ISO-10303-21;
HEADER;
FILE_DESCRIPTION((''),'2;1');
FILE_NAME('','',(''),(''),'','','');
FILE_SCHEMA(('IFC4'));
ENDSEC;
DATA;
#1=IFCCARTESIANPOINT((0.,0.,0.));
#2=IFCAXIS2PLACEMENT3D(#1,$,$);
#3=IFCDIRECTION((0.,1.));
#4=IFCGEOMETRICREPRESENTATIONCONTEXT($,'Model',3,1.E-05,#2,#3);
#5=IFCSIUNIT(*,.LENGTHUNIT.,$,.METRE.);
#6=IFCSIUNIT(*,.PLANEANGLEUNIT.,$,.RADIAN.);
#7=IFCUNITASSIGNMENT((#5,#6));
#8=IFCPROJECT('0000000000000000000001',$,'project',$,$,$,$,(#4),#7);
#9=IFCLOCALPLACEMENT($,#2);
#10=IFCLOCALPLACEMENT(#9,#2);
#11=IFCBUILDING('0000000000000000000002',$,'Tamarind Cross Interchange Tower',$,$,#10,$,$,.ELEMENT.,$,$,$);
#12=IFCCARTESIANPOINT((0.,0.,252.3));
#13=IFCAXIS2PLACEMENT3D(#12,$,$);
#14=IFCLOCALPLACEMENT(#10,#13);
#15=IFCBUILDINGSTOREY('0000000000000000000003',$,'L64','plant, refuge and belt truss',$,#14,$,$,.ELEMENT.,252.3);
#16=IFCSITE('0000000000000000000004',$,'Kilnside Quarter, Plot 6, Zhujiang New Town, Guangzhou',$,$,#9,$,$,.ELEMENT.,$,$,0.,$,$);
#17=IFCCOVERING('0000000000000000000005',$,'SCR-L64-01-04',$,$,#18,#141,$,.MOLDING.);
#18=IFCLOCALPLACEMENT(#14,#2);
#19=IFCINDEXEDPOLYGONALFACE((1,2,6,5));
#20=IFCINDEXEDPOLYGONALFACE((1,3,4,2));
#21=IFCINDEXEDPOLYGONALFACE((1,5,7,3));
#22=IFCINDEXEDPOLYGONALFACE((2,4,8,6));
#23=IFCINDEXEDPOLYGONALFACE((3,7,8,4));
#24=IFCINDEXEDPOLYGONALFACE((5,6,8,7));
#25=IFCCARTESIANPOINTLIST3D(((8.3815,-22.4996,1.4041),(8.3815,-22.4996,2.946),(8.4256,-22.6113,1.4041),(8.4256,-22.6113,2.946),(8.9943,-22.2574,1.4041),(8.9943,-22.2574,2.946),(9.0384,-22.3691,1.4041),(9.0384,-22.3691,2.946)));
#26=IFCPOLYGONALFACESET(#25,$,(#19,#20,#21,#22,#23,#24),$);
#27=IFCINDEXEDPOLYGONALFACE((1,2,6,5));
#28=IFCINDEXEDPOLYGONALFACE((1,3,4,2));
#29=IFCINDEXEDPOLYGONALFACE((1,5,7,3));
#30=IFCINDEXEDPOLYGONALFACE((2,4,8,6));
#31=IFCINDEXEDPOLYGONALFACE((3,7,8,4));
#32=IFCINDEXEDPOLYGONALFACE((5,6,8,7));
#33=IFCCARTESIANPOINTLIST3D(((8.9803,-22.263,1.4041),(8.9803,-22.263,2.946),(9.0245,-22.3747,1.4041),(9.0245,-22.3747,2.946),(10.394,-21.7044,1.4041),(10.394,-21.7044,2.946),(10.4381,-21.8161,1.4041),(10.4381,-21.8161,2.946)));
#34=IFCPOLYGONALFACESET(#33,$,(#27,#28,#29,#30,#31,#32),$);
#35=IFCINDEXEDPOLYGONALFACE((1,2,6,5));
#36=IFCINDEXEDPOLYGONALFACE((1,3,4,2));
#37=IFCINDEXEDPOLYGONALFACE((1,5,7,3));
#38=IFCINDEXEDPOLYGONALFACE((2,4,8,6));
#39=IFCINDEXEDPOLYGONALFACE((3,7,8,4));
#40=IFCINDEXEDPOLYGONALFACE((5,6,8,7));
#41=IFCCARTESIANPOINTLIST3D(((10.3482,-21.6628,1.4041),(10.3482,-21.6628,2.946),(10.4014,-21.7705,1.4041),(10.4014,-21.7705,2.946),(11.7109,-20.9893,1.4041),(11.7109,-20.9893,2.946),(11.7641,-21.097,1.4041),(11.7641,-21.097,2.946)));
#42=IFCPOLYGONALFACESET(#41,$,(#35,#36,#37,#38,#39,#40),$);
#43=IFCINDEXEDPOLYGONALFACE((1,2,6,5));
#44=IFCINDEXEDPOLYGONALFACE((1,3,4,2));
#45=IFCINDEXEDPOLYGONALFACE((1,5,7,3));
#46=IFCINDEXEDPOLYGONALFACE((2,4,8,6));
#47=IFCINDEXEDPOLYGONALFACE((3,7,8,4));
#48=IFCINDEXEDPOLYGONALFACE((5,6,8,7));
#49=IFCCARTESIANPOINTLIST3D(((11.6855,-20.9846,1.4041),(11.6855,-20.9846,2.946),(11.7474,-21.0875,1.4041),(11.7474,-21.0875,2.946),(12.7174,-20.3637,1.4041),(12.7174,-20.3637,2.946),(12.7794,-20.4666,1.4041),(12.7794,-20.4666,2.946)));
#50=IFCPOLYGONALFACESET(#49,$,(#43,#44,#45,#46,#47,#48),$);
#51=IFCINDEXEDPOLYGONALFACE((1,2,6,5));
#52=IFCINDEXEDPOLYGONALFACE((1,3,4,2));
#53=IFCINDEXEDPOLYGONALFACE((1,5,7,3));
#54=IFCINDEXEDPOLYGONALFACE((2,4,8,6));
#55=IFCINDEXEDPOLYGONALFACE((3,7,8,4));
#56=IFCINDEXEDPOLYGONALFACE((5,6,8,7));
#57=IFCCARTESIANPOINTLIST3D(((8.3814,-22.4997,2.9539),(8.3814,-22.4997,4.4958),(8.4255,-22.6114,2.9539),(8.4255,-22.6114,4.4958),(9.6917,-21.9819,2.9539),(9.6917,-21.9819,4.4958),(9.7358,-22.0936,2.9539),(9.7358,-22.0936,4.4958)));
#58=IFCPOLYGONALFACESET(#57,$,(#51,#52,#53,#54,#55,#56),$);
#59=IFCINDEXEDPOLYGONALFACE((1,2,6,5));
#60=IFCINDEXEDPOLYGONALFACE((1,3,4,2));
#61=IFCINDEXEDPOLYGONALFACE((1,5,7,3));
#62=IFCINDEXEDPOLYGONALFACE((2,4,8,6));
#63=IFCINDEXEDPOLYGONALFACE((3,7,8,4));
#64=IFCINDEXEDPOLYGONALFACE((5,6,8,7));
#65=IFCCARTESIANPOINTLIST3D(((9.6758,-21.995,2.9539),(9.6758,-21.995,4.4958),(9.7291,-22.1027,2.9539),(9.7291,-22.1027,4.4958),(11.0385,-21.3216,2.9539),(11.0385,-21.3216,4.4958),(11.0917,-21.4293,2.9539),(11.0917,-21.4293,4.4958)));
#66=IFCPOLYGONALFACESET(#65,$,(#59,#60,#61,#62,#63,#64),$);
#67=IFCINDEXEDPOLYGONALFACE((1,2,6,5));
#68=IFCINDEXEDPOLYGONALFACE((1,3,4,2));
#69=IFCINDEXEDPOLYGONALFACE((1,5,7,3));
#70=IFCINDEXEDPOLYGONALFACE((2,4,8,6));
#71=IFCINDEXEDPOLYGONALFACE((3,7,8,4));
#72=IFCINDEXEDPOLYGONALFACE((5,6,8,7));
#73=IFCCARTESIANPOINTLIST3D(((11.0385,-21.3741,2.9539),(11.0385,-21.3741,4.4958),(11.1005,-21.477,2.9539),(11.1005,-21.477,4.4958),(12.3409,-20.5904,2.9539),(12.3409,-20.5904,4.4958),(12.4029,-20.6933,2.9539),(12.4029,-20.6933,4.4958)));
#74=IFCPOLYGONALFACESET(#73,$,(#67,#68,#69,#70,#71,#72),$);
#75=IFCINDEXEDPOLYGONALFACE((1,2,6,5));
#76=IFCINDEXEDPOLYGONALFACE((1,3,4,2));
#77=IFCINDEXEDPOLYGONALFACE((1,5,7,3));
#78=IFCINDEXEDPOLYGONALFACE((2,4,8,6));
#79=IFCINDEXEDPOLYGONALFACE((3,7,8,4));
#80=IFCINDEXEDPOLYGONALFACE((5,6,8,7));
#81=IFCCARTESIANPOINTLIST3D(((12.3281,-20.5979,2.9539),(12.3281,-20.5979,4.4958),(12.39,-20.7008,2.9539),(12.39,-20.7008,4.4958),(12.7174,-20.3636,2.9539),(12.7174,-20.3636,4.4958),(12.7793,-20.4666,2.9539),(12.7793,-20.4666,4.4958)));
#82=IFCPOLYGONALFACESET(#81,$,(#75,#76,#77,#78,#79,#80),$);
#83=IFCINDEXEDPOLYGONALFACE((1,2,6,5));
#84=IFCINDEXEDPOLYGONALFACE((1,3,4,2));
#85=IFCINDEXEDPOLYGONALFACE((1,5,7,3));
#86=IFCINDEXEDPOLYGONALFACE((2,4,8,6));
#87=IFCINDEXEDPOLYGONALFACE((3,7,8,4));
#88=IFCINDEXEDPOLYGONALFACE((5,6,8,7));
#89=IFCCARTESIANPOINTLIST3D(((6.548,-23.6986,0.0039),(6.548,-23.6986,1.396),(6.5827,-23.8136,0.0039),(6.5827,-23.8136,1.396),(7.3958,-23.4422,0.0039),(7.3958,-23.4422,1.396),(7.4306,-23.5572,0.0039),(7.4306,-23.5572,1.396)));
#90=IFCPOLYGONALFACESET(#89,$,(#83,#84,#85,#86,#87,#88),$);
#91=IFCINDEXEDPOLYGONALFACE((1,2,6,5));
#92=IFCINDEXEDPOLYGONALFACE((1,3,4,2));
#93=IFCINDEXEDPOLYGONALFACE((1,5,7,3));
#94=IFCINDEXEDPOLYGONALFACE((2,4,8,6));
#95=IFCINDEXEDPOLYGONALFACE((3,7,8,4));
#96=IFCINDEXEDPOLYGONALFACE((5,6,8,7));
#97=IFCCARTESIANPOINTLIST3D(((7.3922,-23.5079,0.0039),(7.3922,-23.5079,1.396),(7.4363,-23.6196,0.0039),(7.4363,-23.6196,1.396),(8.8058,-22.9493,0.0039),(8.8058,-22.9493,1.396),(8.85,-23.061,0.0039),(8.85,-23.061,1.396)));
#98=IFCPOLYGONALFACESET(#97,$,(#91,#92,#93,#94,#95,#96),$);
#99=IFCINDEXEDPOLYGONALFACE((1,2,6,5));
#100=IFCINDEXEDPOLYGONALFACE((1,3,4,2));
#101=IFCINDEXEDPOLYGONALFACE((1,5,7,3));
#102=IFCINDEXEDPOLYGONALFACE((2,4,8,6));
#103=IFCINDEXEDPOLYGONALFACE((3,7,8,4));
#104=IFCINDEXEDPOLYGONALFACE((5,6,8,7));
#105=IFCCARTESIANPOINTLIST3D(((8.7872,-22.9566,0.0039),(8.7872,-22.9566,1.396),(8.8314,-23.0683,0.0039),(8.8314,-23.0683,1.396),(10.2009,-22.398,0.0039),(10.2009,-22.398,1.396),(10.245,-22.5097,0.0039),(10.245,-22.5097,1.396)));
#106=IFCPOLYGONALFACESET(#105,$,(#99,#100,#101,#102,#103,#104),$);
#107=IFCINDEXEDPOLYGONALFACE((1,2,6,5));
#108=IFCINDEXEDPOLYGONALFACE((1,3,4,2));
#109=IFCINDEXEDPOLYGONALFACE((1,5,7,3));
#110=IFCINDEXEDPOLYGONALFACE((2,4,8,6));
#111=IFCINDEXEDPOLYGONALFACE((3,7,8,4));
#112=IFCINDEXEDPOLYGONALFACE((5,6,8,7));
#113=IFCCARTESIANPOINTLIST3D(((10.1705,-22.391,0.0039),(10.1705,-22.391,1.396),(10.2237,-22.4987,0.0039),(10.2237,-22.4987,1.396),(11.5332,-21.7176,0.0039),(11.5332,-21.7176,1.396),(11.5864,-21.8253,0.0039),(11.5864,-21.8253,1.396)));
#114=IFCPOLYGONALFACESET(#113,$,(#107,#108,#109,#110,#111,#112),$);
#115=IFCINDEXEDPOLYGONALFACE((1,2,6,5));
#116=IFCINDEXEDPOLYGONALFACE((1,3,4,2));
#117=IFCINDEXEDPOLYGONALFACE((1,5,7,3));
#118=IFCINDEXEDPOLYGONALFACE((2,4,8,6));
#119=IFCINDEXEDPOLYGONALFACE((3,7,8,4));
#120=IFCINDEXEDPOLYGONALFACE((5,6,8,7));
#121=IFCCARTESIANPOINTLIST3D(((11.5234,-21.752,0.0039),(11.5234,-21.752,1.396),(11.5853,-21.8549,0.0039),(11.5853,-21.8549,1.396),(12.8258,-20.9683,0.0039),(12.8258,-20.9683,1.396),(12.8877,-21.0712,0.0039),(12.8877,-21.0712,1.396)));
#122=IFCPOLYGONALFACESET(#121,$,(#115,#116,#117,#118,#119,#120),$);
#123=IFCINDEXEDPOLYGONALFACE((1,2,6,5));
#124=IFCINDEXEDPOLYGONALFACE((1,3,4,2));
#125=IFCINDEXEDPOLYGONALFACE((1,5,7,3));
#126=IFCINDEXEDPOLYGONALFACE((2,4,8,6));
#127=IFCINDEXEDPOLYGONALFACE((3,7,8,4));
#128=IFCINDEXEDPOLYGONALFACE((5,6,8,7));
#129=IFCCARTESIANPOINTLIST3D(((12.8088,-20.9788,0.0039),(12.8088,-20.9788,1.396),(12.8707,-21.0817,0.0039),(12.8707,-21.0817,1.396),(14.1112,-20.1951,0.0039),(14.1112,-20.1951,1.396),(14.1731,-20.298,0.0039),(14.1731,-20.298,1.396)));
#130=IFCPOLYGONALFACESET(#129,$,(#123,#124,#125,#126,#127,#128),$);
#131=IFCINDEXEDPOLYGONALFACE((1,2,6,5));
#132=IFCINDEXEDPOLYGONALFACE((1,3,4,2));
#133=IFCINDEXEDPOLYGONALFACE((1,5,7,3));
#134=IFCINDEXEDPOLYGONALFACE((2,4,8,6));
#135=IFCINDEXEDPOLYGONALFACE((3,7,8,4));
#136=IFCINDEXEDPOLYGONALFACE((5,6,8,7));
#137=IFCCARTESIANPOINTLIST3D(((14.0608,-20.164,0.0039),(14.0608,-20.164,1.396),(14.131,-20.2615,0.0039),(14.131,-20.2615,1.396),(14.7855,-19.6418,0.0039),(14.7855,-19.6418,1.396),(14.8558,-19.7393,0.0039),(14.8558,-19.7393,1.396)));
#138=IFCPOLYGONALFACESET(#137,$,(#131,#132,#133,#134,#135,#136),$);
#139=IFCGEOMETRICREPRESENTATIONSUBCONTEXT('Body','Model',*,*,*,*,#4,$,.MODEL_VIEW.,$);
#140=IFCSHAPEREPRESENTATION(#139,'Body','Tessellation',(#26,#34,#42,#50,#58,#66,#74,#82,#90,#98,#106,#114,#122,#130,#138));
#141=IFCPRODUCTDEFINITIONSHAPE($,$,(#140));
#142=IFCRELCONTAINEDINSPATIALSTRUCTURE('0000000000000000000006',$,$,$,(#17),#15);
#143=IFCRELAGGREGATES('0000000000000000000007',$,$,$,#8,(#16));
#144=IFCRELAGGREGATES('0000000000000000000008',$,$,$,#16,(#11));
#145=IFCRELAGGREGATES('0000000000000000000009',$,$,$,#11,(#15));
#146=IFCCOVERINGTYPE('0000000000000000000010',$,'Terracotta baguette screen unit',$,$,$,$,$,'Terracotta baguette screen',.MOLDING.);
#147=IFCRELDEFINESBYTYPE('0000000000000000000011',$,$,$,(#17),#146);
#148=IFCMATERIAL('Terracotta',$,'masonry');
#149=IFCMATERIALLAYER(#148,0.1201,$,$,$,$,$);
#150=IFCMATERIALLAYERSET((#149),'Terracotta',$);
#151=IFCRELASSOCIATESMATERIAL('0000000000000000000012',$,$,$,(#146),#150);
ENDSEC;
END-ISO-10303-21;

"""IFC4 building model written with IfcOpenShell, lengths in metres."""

from ifc_helpers import new_model, si_unit, direction, frame, origin, origin_2d, place, context, subcontext, project, spatial, rectangle, extrude, material, layer, layer_set, type_object, element, save


model = new_model("IFC4")

# Units and contexts
model_context = context("Model", 3, precision=1e-05, world=origin(), true_north=direction((0.0, 1.0)))
body_context = subcontext(model_context, "Body", "Model", "MODEL_VIEW")
ifc_project = project(units=[si_unit("LENGTHUNIT", "METRE"), si_unit("PLANEANGLEUNIT", "RADIAN")], contexts=[model_context])

# Site, building, storey
site_placement = place(None, origin())
site = spatial("IfcSite", under=ifc_project, at=site_placement, Name="Kilnside Quarter, Plot 6, Zhujiang New Town, Guangzhou", CompositionType="ELEMENT", RefElevation=0.0)
building_placement = place(site_placement, origin())
building = spatial("IfcBuilding", under=site, at=building_placement, Name="Tamarind Cross Interchange Tower", CompositionType="ELEMENT")
storey_placement = place(building_placement, frame((0.0, 0.0, 252.3)))
storey = spatial("IfcBuildingStorey", under=building, at=storey_placement, Name="L64", Description="plant, refuge and belt truss", CompositionType="ELEMENT", Elevation=252.3)

# Covering
ifc_material_1 = material(Name="Terracotta", Category="masonry")
ifc_layer_1 = layer(ifc_material_1, 0.1201)
ifc_layer_set_1 = layer_set([ifc_layer_1], Name="Terracotta")
covering_type = type_object("IfcCoveringType", Name="Terracotta baguette screen unit", ElementType="Terracotta baguette screen", PredefinedType="MOLDING", material=ifc_layer_set_1)
covering_1_placement = place(storey_placement, origin())
element("IfcCovering", 1, at=covering_1_placement, inside=storey, type_object=covering_type, Name="SCR-L64-01-04", PredefinedType="MOLDING", context=body_context, shape_type="SweptSolid", body=[
    extrude(rectangle(XDim=0.6589, YDim=0.1201, at=origin_2d()), frame((8.71, -22.4343, 1.4041), z_axis=(0.0, 0.0, 1.0), x_axis=(0.930018, 0.367514, 0.0)), (0.0, 0.0, 1.0), 1.542),
    extrude(rectangle(XDim=1.52, YDim=0.1201, at=origin_2d()), frame((9.7092, -22.0396, 1.4041), z_axis=(0.0, 0.0, 1.0), x_axis=(0.930018, 0.367514, 0.0)), (0.0, 0.0, 1.0), 1.542),
    extrude(rectangle(XDim=1.52, YDim=0.1201, at=origin_2d()), frame((11.0562, -21.3799, 1.4041), z_axis=(0.0, 0.0, 1.0), x_axis=(0.896493, 0.443059, 0.0)), (0.0, 0.0, 1.0), 1.542),
    extrude(rectangle(XDim=1.2043, YDim=0.1201, at=origin_2d()), frame((12.2324, -20.7256, 1.4041), z_axis=(0.0, 0.0, 1.0), x_axis=(0.856843, 0.515577, 0.0)), (0.0, 0.0, 1.0), 1.542),
    extrude(rectangle(XDim=1.4089, YDim=0.1201, at=origin_2d()), frame((9.0586, -22.2966, 2.9539), z_axis=(0.0, 0.0, 1.0), x_axis=(0.930018, 0.367514, 0.0)), (0.0, 0.0, 1.0), 1.542),
    extrude(rectangle(XDim=1.52, YDim=0.1201, at=origin_2d()), frame((10.3838, -21.7122, 2.9539), z_axis=(0.0, 0.0, 1.0), x_axis=(0.896493, 0.443059, 0.0)), (0.0, 0.0, 1.0), 1.542),
    extrude(rectangle(XDim=1.52, YDim=0.1201, at=origin_2d()), frame((11.7207, -21.0337, 2.9539), z_axis=(0.0, 0.0, 1.0), x_axis=(0.856843, 0.515577, 0.0)), (0.0, 0.0, 1.0), 1.542),
    extrude(rectangle(XDim=0.4543, YDim=0.1201, at=origin_2d()), frame((12.5537, -20.5322, 2.9539), z_axis=(0.0, 0.0, 1.0), x_axis=(0.856843, 0.515577, 0.0)), (0.0, 0.0, 1.0), 1.542),
    extrude(rectangle(XDim=0.8857, YDim=0.1201, at=origin_2d()), frame((6.9893, -23.6279, 0.0039), z_axis=(0.0, 0.0, 1.0), x_axis=(0.957191, 0.289458, 0.0)), (0.0, 0.0, 1.0), 1.3921),
    extrude(rectangle(XDim=1.52, YDim=0.1201, at=origin_2d()), frame((8.1211, -23.2844, 0.0039), z_axis=(0.0, 0.0, 1.0), x_axis=(0.930018, 0.367514, 0.0)), (0.0, 0.0, 1.0), 1.3921),
    extrude(rectangle(XDim=1.52, YDim=0.1201, at=origin_2d()), frame((9.5161, -22.7332, 0.0039), z_axis=(0.0, 0.0, 1.0), x_axis=(0.930018, 0.367514, 0.0)), (0.0, 0.0, 1.0), 1.3921),
    extrude(rectangle(XDim=1.52, YDim=0.1201, at=origin_2d()), frame((10.8784, -22.1082, 0.0039), z_axis=(0.0, 0.0, 1.0), x_axis=(0.896493, 0.443059, 0.0)), (0.0, 0.0, 1.0), 1.3921),
    extrude(rectangle(XDim=1.52, YDim=0.1201, at=origin_2d()), frame((12.2056, -21.4116, 0.0039), z_axis=(0.0, 0.0, 1.0), x_axis=(0.856843, 0.515577, 0.0)), (0.0, 0.0, 1.0), 1.3921),
    extrude(rectangle(XDim=1.52, YDim=0.1201, at=origin_2d()), frame((13.491, -20.6384, 0.0039), z_axis=(0.0, 0.0, 1.0), x_axis=(0.856843, 0.515577, 0.0)), (0.0, 0.0, 1.0), 1.3921),
    extrude(rectangle(XDim=0.8933, YDim=0.1201, at=origin_2d()), frame((14.4583, -19.9517, 0.0039), z_axis=(0.0, 0.0, 1.0), x_axis=(0.81134, 0.584574, 0.0)), (0.0, 0.0, 1.0), 1.3921),
])

save(model, "model.ifc")
